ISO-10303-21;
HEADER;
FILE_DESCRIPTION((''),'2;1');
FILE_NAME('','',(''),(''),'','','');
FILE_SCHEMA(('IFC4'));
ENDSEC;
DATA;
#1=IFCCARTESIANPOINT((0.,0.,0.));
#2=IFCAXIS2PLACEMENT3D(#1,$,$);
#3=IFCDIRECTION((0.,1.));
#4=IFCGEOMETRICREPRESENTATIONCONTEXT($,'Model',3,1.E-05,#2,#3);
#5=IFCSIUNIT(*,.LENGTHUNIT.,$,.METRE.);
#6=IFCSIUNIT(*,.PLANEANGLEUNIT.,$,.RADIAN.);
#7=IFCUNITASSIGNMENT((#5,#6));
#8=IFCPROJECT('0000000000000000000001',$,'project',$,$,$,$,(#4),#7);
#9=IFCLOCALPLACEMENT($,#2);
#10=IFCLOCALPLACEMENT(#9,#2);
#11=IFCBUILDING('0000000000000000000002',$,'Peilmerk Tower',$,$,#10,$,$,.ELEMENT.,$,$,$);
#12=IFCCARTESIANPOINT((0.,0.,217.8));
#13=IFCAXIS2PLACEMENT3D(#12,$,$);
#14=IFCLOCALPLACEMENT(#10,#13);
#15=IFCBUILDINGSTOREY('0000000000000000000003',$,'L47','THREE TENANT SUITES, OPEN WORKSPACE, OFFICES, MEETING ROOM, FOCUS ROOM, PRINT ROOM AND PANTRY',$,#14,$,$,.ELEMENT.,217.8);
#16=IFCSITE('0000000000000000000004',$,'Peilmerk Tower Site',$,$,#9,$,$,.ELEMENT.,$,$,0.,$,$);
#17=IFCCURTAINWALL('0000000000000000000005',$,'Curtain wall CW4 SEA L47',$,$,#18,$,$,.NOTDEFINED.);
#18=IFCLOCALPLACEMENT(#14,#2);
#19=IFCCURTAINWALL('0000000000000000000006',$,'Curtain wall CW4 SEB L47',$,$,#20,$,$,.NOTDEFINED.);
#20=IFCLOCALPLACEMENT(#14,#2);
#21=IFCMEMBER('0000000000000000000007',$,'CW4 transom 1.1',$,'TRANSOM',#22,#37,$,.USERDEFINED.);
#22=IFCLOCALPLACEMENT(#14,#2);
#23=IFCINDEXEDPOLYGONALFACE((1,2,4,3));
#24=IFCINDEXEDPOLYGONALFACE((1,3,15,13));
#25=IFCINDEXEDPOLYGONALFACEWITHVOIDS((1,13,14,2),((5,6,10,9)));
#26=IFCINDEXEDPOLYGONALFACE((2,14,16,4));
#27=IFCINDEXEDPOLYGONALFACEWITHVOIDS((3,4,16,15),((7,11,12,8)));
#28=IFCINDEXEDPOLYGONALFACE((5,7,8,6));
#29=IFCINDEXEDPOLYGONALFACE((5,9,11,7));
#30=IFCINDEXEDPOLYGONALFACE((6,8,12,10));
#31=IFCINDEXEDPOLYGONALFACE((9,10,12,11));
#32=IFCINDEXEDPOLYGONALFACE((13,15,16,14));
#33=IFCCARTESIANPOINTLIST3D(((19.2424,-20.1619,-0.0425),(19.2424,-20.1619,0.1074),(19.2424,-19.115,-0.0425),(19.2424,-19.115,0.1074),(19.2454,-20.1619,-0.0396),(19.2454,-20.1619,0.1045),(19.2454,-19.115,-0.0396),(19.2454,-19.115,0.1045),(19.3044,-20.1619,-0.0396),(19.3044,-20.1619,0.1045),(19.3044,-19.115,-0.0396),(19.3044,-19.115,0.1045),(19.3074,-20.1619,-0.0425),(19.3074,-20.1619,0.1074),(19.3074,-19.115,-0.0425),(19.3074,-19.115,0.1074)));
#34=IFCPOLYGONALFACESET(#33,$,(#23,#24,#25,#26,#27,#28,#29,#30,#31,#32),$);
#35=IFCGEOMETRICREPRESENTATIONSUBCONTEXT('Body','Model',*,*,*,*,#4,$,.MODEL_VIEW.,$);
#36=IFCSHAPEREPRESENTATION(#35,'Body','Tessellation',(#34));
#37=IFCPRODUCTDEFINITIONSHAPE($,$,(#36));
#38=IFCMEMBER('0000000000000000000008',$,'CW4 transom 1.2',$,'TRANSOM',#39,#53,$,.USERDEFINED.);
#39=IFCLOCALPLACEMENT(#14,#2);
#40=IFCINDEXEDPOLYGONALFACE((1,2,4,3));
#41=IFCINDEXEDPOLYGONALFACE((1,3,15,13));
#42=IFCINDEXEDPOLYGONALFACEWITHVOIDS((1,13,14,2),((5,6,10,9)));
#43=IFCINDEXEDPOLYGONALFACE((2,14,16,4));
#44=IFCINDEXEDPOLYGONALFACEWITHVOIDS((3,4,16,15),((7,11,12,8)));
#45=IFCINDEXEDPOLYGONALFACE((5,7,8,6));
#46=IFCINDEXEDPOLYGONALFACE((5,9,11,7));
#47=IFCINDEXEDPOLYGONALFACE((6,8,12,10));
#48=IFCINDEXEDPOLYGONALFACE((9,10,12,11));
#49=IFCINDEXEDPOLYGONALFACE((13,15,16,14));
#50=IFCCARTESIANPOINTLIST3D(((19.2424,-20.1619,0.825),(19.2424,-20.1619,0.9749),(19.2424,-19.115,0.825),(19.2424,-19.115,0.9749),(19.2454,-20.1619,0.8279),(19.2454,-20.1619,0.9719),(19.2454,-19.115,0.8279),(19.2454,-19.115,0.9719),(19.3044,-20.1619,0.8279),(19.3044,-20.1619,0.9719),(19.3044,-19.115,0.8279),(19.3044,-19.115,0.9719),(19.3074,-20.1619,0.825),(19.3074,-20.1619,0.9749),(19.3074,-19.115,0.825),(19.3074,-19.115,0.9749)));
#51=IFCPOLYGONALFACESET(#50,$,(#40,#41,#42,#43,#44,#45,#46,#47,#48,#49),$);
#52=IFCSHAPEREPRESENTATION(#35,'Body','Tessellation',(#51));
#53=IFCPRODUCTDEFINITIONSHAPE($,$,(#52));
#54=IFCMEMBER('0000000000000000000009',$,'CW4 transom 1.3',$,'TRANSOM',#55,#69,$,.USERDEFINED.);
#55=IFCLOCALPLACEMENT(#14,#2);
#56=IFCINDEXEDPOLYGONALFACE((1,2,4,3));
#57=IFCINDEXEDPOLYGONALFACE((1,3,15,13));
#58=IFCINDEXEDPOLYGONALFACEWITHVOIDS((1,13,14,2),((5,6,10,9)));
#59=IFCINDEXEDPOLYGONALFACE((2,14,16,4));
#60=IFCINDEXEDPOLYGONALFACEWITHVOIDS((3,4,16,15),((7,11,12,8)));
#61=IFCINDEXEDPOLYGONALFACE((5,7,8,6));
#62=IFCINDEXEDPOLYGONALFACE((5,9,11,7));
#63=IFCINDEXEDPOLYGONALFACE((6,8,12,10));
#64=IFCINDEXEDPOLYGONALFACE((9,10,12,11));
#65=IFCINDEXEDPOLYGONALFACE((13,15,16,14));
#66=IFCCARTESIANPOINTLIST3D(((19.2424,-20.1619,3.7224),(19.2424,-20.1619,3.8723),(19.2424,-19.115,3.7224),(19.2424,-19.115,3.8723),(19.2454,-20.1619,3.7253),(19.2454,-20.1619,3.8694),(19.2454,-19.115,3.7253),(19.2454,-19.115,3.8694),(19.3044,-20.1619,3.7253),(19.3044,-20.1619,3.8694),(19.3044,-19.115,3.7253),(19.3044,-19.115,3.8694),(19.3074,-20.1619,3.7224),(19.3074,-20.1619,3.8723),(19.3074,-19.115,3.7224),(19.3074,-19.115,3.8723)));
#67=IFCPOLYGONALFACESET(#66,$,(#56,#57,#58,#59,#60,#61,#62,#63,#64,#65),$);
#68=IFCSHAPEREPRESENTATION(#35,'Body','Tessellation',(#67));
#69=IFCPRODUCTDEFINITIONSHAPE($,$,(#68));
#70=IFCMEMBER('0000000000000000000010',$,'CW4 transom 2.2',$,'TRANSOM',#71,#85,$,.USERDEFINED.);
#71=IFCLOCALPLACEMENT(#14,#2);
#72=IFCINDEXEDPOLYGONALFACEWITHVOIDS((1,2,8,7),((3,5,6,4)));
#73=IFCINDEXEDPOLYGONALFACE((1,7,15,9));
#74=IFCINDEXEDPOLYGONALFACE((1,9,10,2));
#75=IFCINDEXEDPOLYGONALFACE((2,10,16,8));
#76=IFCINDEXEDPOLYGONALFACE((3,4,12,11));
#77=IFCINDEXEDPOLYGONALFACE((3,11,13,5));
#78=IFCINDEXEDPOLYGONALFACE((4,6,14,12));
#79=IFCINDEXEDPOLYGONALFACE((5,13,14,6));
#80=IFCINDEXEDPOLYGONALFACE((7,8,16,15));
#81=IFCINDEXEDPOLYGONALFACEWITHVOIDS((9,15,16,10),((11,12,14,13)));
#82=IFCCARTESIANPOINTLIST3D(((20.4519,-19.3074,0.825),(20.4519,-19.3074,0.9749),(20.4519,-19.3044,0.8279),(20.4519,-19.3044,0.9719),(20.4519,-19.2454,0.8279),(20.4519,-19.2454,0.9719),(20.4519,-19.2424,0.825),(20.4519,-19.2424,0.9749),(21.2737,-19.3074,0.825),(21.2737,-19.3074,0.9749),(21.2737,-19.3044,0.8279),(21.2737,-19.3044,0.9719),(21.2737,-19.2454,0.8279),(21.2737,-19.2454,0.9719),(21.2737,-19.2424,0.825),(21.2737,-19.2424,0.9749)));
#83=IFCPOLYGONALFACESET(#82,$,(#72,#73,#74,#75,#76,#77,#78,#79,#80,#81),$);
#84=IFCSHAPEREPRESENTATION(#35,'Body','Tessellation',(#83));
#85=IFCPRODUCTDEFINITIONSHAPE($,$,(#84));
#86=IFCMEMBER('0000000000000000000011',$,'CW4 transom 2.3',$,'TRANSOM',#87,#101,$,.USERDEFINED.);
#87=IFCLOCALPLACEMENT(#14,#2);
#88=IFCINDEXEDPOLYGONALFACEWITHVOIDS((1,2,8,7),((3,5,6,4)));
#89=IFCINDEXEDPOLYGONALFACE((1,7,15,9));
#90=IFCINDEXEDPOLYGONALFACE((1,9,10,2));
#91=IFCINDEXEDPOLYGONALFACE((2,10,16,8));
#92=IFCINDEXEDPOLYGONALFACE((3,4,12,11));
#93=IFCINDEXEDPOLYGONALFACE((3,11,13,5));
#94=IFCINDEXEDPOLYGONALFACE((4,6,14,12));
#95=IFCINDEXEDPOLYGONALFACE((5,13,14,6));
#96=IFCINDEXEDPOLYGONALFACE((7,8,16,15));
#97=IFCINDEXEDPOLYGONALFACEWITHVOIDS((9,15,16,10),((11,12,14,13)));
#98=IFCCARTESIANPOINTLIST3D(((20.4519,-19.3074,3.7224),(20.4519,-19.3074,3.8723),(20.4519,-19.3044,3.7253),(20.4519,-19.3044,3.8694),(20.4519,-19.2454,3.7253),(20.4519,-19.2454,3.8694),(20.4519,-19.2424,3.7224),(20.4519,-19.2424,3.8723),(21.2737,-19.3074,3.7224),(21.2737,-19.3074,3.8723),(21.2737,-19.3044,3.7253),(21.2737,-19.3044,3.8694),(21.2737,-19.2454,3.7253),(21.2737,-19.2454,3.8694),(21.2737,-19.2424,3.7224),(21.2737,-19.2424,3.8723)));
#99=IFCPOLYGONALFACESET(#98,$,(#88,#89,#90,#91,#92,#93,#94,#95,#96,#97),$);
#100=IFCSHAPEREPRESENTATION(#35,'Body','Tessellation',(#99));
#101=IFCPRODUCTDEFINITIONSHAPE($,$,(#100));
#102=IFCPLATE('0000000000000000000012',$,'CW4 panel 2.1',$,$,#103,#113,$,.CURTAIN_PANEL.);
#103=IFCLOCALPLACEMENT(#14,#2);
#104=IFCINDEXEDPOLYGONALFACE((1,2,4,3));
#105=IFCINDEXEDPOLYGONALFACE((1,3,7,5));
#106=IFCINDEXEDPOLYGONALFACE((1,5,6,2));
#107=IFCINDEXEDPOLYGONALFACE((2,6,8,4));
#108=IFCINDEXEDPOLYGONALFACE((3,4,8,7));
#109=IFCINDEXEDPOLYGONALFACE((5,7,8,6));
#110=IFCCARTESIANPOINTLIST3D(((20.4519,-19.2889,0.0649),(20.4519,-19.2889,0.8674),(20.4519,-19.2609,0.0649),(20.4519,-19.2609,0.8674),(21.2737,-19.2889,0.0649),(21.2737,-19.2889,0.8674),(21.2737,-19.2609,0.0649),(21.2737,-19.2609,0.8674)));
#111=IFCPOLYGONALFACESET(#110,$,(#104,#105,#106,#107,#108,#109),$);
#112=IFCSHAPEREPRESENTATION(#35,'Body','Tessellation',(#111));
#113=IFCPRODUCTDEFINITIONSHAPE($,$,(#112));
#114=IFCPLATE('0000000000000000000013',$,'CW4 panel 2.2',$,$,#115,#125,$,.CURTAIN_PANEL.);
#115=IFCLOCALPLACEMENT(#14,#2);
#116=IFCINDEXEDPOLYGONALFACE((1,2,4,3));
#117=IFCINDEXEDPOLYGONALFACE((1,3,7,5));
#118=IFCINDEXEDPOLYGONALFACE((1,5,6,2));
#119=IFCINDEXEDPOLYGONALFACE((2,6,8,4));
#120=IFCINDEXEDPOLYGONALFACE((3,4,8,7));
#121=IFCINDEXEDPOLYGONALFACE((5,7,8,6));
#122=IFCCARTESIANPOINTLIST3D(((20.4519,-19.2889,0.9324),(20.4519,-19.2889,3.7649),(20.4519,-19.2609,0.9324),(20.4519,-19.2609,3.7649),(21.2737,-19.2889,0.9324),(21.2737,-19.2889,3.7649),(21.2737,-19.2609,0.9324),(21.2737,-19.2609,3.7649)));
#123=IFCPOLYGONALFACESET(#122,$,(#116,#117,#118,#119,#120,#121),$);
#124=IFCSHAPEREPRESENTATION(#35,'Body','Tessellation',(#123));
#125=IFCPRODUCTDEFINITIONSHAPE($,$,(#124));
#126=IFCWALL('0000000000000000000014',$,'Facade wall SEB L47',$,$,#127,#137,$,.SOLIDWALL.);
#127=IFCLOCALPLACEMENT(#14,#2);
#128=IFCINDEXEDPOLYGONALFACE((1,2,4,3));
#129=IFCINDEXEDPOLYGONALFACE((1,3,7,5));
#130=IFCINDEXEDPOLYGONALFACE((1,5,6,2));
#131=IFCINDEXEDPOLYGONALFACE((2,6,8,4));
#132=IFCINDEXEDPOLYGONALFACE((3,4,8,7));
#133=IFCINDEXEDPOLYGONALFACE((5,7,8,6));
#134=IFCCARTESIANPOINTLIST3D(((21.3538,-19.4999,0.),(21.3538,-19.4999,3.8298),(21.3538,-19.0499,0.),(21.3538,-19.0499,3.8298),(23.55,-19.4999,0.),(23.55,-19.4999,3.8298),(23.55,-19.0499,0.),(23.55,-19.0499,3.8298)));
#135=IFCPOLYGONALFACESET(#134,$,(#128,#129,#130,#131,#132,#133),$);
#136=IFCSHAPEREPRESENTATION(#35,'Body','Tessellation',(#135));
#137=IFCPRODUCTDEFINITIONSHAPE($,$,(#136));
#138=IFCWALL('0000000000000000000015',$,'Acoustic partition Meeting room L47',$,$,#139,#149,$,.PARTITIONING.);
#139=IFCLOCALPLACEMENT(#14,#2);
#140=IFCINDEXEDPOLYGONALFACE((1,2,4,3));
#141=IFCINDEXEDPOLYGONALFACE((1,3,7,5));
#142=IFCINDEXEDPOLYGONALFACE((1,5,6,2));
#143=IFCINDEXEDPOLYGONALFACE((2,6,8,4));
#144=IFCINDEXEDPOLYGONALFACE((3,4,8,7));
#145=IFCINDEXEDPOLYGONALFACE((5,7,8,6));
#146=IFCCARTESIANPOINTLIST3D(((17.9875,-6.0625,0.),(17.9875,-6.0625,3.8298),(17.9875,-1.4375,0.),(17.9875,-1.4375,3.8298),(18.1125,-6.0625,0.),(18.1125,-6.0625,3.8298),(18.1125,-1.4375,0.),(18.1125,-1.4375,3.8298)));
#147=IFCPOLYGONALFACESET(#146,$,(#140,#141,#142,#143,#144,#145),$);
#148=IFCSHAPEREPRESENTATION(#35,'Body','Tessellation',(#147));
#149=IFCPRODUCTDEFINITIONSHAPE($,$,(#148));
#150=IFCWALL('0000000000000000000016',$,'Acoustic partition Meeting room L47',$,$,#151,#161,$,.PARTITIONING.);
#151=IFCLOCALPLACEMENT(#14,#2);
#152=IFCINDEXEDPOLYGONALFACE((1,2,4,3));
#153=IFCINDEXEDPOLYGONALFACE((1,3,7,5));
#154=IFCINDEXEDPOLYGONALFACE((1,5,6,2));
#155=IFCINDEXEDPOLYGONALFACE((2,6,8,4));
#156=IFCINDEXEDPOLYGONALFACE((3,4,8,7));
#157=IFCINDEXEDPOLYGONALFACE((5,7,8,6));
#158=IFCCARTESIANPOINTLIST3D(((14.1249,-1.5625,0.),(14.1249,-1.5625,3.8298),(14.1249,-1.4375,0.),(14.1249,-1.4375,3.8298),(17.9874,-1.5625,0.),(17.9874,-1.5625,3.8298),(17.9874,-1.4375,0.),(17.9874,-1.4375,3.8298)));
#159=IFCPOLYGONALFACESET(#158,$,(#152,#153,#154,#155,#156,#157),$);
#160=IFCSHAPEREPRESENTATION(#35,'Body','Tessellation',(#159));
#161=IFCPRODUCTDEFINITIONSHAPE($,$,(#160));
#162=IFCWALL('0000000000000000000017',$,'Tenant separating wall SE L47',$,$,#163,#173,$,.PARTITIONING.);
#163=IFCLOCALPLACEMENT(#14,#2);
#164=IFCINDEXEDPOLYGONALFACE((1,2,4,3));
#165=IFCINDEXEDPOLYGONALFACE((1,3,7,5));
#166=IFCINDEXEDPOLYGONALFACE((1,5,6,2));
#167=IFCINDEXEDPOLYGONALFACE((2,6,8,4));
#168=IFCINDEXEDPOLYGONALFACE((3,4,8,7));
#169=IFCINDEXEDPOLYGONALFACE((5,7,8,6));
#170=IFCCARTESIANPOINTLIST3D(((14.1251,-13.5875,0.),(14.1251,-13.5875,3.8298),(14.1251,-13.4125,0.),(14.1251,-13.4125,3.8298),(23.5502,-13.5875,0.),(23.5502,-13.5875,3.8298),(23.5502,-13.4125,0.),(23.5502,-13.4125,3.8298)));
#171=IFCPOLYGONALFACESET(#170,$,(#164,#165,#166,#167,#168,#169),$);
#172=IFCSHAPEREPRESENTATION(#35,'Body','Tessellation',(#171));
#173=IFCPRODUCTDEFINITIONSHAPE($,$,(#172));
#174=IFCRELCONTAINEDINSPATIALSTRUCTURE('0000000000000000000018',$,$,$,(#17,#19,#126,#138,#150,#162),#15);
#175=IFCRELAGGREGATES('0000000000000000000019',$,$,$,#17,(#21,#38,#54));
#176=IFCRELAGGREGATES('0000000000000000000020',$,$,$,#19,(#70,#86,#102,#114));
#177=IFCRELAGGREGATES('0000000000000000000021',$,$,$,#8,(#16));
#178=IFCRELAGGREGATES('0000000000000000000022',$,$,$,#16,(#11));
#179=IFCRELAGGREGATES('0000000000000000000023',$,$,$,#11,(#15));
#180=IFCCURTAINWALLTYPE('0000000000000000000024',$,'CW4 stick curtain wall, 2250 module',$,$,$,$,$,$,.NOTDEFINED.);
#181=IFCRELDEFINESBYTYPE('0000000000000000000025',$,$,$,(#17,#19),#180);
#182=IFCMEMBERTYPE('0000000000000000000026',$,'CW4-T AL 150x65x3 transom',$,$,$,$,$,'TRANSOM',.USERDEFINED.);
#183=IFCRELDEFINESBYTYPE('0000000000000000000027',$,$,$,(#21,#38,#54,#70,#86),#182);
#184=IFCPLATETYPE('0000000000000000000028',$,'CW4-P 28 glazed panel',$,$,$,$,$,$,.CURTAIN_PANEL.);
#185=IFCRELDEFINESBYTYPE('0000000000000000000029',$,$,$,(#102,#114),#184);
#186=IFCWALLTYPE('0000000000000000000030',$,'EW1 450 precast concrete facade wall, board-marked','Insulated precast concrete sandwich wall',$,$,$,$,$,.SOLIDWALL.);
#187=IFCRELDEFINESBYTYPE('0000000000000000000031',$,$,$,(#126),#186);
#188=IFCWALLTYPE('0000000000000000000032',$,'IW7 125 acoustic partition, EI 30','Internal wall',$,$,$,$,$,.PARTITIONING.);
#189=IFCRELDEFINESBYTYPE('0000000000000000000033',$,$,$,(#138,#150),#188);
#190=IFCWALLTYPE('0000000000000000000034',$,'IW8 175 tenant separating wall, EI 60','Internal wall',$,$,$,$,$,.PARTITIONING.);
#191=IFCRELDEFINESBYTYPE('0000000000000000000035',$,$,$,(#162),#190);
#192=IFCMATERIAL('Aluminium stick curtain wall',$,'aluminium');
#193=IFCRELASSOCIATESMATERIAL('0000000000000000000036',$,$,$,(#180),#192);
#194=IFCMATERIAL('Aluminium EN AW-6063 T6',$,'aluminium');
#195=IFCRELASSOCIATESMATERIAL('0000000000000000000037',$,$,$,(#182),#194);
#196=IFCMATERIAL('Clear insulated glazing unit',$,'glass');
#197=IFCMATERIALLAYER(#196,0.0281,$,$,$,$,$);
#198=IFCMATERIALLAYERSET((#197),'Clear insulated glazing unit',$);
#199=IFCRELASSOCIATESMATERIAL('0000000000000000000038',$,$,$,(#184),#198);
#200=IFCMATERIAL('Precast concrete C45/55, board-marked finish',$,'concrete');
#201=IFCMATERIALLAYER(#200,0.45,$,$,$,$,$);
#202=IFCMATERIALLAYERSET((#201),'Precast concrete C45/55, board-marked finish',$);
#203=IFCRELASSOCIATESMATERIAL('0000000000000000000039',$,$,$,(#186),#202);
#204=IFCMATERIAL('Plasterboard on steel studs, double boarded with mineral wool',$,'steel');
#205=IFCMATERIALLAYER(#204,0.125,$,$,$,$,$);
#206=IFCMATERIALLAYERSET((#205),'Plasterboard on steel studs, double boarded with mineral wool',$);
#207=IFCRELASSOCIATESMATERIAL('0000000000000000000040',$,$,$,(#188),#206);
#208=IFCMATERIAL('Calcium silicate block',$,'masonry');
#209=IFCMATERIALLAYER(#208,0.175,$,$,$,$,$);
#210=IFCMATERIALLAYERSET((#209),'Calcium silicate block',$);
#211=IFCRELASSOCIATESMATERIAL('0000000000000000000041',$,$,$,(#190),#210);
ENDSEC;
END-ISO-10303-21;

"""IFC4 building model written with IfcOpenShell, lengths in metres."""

from ifc_helpers import new_model, si_unit, direction, frame, frame_2d, origin, origin_2d, place, context, subcontext, project, spatial, rectangle, hollow_rectangle, extrude, material, layer, layer_set, material_profile, profile_set, type_object, element, aggregate, save


model = new_model("IFC4")

# Units and contexts
model_context = context("Model", 3, precision=1e-05, world=origin(), true_north=direction((0.0, 1.0)))
body_context = subcontext(model_context, "Body", "Model", "MODEL_VIEW")
ifc_project = project(units=[si_unit("LENGTHUNIT", "METRE"), si_unit("PLANEANGLEUNIT", "RADIAN")], contexts=[model_context])

# Site, building, storey
site_placement = place(None, origin())
site = spatial("IfcSite", under=ifc_project, at=site_placement, Name="Peilmerk Tower Site", CompositionType="ELEMENT", RefElevation=0.0)
building_placement = place(site_placement, origin())
building = spatial("IfcBuilding", under=site, at=building_placement, Name="Peilmerk Tower", CompositionType="ELEMENT")
storey_placement = place(building_placement, frame((0.0, 0.0, 217.8)))
storey = spatial("IfcBuildingStorey", under=building, at=storey_placement, Name="L47", Description="THREE TENANT SUITES, OPEN WORKSPACE, OFFICES, MEETING ROOM, FOCUS ROOM, PRINT ROOM AND PANTRY", CompositionType="ELEMENT", Elevation=217.8)

# Curtain walls
ifc_material_1 = material(Name="Aluminium stick curtain wall", Category="aluminium")
curtain_wall_type = type_object("IfcCurtainWallType", Name="CW4 stick curtain wall, 2250 module", PredefinedType="NOTDEFINED", material=ifc_material_1)
curtain_wall_1_placement = place(storey_placement, origin())
curtain_wall_1 = element("IfcCurtainWall", 1, at=curtain_wall_1_placement, inside=storey, type_object=curtain_wall_type, Name="Curtain wall CW4 SEA L47", PredefinedType="NOTDEFINED")
ifc_material_2 = material(Name="Aluminium EN AW-6063 T6", Category="aluminium")
curtain_wall_2_placement = place(storey_placement, origin())
curtain_wall_2 = element("IfcCurtainWall", 2, at=curtain_wall_2_placement, inside=storey, type_object=curtain_wall_type, Name="Curtain wall CW4 SEB L47", PredefinedType="NOTDEFINED")

# Members
ifc_material_profile_1 = material_profile(ifc_material_2, hollow_rectangle(XDim=0.0649, YDim=0.1499, WallThickness=0.0029, at=origin_2d()), Name="AL 150x65x3")
ifc_profile_set_1 = profile_set([ifc_material_profile_1], Name="Aluminium EN AW-6063 T6")
member_type_1 = type_object("IfcMemberType", Name="CW4-T AL 150x65x3 transom", ElementType="TRANSOM", PredefinedType="USERDEFINED", material=ifc_profile_set_1)
member_1_placement = place(storey_placement, frame((19.2749, -19.115, 0.0325), z_axis=(0.0, -1.0, 0.0), x_axis=(1.0, 0.0, 0.0)))
member_1 = element("IfcMember", 3, at=member_1_placement, type_object=member_type_1, Name="CW4 transom 1.1", ObjectType="TRANSOM", PredefinedType="USERDEFINED", context=body_context, shape_type="SweptSolid", body=[
    extrude(hollow_rectangle(XDim=0.0649, YDim=0.1499, WallThickness=0.0029, at=origin_2d()), origin(), (0.0, 0.0, 1.0), 1.0469),
])
member_2_placement = place(storey_placement, frame((19.2749, -19.115, 0.8999), z_axis=(0.0, -1.0, 0.0), x_axis=(1.0, 0.0, 0.0)))
member_2 = element("IfcMember", 4, at=member_2_placement, type_object=member_type_1, Name="CW4 transom 1.2", ObjectType="TRANSOM", PredefinedType="USERDEFINED", context=body_context, shape_type="SweptSolid", body=[
    extrude(hollow_rectangle(XDim=0.0649, YDim=0.1499, WallThickness=0.0029, at=origin_2d()), origin(), (0.0, 0.0, 1.0), 1.0469),
])
member_3_placement = place(storey_placement, frame((19.2749, -19.115, 3.7974), z_axis=(0.0, -1.0, 0.0), x_axis=(1.0, 0.0, 0.0)))
member_3 = element("IfcMember", 5, at=member_3_placement, type_object=member_type_1, Name="CW4 transom 1.3", ObjectType="TRANSOM", PredefinedType="USERDEFINED", context=body_context, shape_type="SweptSolid", body=[
    extrude(hollow_rectangle(XDim=0.0649, YDim=0.1499, WallThickness=0.0029, at=origin_2d()), origin(), (0.0, 0.0, 1.0), 1.0469),
])
aggregate(curtain_wall_1, [member_1, member_2, member_3])
member_4_placement = place(storey_placement, frame((20.4519, -19.2749, 0.8999), z_axis=(1.0, 0.0, 0.0), x_axis=(0.0, 1.0, 0.0)))
member_4 = element("IfcMember", 6, at=member_4_placement, type_object=member_type_1, Name="CW4 transom 2.2", ObjectType="TRANSOM", PredefinedType="USERDEFINED", context=body_context, shape_type="SweptSolid", body=[
    extrude(hollow_rectangle(XDim=0.0649, YDim=0.1499, WallThickness=0.0029, at=origin_2d()), origin(), (0.0, 0.0, 1.0), 0.8218),
])
member_5_placement = place(storey_placement, frame((20.4519, -19.2749, 3.7974), z_axis=(1.0, 0.0, 0.0), x_axis=(0.0, 1.0, 0.0)))
member_5 = element("IfcMember", 7, at=member_5_placement, type_object=member_type_1, Name="CW4 transom 2.3", ObjectType="TRANSOM", PredefinedType="USERDEFINED", context=body_context, shape_type="SweptSolid", body=[
    extrude(hollow_rectangle(XDim=0.0649, YDim=0.1499, WallThickness=0.0029, at=origin_2d()), origin(), (0.0, 0.0, 1.0), 0.8218),
])

# Plates
ifc_material_3 = material(Name="Clear insulated glazing unit", Category="glass")
ifc_layer_1 = layer(ifc_material_3, 0.0281)
ifc_layer_set_1 = layer_set([ifc_layer_1], Name="Clear insulated glazing unit")
plate_type = type_object("IfcPlateType", Name="CW4-P 28 glazed panel", PredefinedType="CURTAIN_PANEL", material=ifc_layer_set_1)
plate_1_placement = place(storey_placement, frame((20.8628, -19.2749, 0.0649), z_axis=(0.0, 0.0, 1.0), x_axis=(1.0, 0.0, 0.0)))
plate_1 = element("IfcPlate", 8, at=plate_1_placement, type_object=plate_type, Name="CW4 panel 2.1", PredefinedType="CURTAIN_PANEL", context=body_context, shape_type="SweptSolid", body=[
    extrude(rectangle(XDim=0.8218, YDim=0.0281, at=origin_2d()), origin(), (0.0, 0.0, 1.0), 0.8025),
])
plate_2_placement = place(storey_placement, frame((20.8628, -19.2749, 0.9324), z_axis=(0.0, 0.0, 1.0), x_axis=(1.0, 0.0, 0.0)))
plate_2 = element("IfcPlate", 9, at=plate_2_placement, type_object=plate_type, Name="CW4 panel 2.2", PredefinedType="CURTAIN_PANEL", context=body_context, shape_type="SweptSolid", body=[
    extrude(rectangle(XDim=0.8218, YDim=0.0281, at=origin_2d()), origin(), (0.0, 0.0, 1.0), 2.8325),
])
aggregate(curtain_wall_2, [member_4, member_5, plate_1, plate_2])

# Walls
ifc_material_4 = material(Name="Precast concrete C45/55, board-marked finish", Category="concrete")
ifc_layer_2 = layer(ifc_material_4, 0.45)
ifc_layer_set_2 = layer_set([ifc_layer_2], Name="Precast concrete C45/55, board-marked finish")
wall_type_1 = type_object("IfcWallType", Name="EW1 450 precast concrete facade wall, board-marked", Description="Insulated precast concrete sandwich wall", PredefinedType="SOLIDWALL", material=ifc_layer_set_2)
wall_1_placement = place(storey_placement, frame((21.3538, -19.2749, 0.0), z_axis=(0.0, 0.0, 1.0), x_axis=(1.0, 0.0, 0.0)))
element("IfcWall", 10, at=wall_1_placement, inside=storey, type_object=wall_type_1, Name="Facade wall SEB L47", PredefinedType="SOLIDWALL", context=body_context, shape_type="SweptSolid", body=[
    extrude(rectangle(XDim=2.1963, YDim=0.45, at=frame_2d((1.0981, 0.0))), origin(), (0.0, 0.0, 1.0), 3.8298),
])
ifc_material_5 = material(Name="Plasterboard on steel studs, double boarded with mineral wool", Category="steel")
ifc_layer_3 = layer(ifc_material_5, 0.125)
ifc_layer_set_3 = layer_set([ifc_layer_3], Name="Plasterboard on steel studs, double boarded with mineral wool")
wall_type_2 = type_object("IfcWallType", Name="IW7 125 acoustic partition, EI 30", Description="Internal wall", PredefinedType="PARTITIONING", material=ifc_layer_set_3)
wall_2_placement = place(storey_placement, frame((18.05, -6.0625, 0.0), z_axis=(0.0, 0.0, 1.0), x_axis=(0.0, 1.0, 0.0)))
element("IfcWall", 11, at=wall_2_placement, inside=storey, type_object=wall_type_2, Name="Acoustic partition Meeting room L47", PredefinedType="PARTITIONING", context=body_context, shape_type="SweptSolid", body=[
    extrude(rectangle(XDim=4.625, YDim=0.125, at=frame_2d((2.3125, 0.0))), origin(), (0.0, 0.0, 1.0), 3.8298),
])
wall_3_placement = place(storey_placement, frame((14.125, -1.5, 0.0), z_axis=(0.0, 0.0, 1.0), x_axis=(1.0, 0.0, 0.0)))
element("IfcWall", 12, at=wall_3_placement, inside=storey, type_object=wall_type_2, Name="Acoustic partition Meeting room L47", PredefinedType="PARTITIONING", context=body_context, shape_type="SweptSolid", body=[
    extrude(rectangle(XDim=3.8625, YDim=0.125, at=frame_2d((1.9312, 0.0))), origin(), (0.0, 0.0, 1.0), 3.8298),
])
ifc_material_6 = material(Name="Calcium silicate block", Category="masonry")
ifc_layer_4 = layer(ifc_material_6, 0.175)
ifc_layer_set_4 = layer_set([ifc_layer_4], Name="Calcium silicate block")
wall_type_3 = type_object("IfcWallType", Name="IW8 175 tenant separating wall, EI 60", Description="Internal wall", PredefinedType="PARTITIONING", material=ifc_layer_set_4)
wall_4_placement = place(storey_placement, frame((23.55, -13.5, 0.0), z_axis=(0.0, 0.0, 1.0), x_axis=(-1.0, 0.0, 0.0)))
element("IfcWall", 13, at=wall_4_placement, inside=storey, type_object=wall_type_3, Name="Tenant separating wall SE L47", PredefinedType="PARTITIONING", context=body_context, shape_type="SweptSolid", body=[
    extrude(rectangle(XDim=9.425, YDim=0.175, at=frame_2d((4.7124, 0.0))), origin(), (0.0, 0.0, 1.0), 3.8298),
])

save(model, "model.ifc")
